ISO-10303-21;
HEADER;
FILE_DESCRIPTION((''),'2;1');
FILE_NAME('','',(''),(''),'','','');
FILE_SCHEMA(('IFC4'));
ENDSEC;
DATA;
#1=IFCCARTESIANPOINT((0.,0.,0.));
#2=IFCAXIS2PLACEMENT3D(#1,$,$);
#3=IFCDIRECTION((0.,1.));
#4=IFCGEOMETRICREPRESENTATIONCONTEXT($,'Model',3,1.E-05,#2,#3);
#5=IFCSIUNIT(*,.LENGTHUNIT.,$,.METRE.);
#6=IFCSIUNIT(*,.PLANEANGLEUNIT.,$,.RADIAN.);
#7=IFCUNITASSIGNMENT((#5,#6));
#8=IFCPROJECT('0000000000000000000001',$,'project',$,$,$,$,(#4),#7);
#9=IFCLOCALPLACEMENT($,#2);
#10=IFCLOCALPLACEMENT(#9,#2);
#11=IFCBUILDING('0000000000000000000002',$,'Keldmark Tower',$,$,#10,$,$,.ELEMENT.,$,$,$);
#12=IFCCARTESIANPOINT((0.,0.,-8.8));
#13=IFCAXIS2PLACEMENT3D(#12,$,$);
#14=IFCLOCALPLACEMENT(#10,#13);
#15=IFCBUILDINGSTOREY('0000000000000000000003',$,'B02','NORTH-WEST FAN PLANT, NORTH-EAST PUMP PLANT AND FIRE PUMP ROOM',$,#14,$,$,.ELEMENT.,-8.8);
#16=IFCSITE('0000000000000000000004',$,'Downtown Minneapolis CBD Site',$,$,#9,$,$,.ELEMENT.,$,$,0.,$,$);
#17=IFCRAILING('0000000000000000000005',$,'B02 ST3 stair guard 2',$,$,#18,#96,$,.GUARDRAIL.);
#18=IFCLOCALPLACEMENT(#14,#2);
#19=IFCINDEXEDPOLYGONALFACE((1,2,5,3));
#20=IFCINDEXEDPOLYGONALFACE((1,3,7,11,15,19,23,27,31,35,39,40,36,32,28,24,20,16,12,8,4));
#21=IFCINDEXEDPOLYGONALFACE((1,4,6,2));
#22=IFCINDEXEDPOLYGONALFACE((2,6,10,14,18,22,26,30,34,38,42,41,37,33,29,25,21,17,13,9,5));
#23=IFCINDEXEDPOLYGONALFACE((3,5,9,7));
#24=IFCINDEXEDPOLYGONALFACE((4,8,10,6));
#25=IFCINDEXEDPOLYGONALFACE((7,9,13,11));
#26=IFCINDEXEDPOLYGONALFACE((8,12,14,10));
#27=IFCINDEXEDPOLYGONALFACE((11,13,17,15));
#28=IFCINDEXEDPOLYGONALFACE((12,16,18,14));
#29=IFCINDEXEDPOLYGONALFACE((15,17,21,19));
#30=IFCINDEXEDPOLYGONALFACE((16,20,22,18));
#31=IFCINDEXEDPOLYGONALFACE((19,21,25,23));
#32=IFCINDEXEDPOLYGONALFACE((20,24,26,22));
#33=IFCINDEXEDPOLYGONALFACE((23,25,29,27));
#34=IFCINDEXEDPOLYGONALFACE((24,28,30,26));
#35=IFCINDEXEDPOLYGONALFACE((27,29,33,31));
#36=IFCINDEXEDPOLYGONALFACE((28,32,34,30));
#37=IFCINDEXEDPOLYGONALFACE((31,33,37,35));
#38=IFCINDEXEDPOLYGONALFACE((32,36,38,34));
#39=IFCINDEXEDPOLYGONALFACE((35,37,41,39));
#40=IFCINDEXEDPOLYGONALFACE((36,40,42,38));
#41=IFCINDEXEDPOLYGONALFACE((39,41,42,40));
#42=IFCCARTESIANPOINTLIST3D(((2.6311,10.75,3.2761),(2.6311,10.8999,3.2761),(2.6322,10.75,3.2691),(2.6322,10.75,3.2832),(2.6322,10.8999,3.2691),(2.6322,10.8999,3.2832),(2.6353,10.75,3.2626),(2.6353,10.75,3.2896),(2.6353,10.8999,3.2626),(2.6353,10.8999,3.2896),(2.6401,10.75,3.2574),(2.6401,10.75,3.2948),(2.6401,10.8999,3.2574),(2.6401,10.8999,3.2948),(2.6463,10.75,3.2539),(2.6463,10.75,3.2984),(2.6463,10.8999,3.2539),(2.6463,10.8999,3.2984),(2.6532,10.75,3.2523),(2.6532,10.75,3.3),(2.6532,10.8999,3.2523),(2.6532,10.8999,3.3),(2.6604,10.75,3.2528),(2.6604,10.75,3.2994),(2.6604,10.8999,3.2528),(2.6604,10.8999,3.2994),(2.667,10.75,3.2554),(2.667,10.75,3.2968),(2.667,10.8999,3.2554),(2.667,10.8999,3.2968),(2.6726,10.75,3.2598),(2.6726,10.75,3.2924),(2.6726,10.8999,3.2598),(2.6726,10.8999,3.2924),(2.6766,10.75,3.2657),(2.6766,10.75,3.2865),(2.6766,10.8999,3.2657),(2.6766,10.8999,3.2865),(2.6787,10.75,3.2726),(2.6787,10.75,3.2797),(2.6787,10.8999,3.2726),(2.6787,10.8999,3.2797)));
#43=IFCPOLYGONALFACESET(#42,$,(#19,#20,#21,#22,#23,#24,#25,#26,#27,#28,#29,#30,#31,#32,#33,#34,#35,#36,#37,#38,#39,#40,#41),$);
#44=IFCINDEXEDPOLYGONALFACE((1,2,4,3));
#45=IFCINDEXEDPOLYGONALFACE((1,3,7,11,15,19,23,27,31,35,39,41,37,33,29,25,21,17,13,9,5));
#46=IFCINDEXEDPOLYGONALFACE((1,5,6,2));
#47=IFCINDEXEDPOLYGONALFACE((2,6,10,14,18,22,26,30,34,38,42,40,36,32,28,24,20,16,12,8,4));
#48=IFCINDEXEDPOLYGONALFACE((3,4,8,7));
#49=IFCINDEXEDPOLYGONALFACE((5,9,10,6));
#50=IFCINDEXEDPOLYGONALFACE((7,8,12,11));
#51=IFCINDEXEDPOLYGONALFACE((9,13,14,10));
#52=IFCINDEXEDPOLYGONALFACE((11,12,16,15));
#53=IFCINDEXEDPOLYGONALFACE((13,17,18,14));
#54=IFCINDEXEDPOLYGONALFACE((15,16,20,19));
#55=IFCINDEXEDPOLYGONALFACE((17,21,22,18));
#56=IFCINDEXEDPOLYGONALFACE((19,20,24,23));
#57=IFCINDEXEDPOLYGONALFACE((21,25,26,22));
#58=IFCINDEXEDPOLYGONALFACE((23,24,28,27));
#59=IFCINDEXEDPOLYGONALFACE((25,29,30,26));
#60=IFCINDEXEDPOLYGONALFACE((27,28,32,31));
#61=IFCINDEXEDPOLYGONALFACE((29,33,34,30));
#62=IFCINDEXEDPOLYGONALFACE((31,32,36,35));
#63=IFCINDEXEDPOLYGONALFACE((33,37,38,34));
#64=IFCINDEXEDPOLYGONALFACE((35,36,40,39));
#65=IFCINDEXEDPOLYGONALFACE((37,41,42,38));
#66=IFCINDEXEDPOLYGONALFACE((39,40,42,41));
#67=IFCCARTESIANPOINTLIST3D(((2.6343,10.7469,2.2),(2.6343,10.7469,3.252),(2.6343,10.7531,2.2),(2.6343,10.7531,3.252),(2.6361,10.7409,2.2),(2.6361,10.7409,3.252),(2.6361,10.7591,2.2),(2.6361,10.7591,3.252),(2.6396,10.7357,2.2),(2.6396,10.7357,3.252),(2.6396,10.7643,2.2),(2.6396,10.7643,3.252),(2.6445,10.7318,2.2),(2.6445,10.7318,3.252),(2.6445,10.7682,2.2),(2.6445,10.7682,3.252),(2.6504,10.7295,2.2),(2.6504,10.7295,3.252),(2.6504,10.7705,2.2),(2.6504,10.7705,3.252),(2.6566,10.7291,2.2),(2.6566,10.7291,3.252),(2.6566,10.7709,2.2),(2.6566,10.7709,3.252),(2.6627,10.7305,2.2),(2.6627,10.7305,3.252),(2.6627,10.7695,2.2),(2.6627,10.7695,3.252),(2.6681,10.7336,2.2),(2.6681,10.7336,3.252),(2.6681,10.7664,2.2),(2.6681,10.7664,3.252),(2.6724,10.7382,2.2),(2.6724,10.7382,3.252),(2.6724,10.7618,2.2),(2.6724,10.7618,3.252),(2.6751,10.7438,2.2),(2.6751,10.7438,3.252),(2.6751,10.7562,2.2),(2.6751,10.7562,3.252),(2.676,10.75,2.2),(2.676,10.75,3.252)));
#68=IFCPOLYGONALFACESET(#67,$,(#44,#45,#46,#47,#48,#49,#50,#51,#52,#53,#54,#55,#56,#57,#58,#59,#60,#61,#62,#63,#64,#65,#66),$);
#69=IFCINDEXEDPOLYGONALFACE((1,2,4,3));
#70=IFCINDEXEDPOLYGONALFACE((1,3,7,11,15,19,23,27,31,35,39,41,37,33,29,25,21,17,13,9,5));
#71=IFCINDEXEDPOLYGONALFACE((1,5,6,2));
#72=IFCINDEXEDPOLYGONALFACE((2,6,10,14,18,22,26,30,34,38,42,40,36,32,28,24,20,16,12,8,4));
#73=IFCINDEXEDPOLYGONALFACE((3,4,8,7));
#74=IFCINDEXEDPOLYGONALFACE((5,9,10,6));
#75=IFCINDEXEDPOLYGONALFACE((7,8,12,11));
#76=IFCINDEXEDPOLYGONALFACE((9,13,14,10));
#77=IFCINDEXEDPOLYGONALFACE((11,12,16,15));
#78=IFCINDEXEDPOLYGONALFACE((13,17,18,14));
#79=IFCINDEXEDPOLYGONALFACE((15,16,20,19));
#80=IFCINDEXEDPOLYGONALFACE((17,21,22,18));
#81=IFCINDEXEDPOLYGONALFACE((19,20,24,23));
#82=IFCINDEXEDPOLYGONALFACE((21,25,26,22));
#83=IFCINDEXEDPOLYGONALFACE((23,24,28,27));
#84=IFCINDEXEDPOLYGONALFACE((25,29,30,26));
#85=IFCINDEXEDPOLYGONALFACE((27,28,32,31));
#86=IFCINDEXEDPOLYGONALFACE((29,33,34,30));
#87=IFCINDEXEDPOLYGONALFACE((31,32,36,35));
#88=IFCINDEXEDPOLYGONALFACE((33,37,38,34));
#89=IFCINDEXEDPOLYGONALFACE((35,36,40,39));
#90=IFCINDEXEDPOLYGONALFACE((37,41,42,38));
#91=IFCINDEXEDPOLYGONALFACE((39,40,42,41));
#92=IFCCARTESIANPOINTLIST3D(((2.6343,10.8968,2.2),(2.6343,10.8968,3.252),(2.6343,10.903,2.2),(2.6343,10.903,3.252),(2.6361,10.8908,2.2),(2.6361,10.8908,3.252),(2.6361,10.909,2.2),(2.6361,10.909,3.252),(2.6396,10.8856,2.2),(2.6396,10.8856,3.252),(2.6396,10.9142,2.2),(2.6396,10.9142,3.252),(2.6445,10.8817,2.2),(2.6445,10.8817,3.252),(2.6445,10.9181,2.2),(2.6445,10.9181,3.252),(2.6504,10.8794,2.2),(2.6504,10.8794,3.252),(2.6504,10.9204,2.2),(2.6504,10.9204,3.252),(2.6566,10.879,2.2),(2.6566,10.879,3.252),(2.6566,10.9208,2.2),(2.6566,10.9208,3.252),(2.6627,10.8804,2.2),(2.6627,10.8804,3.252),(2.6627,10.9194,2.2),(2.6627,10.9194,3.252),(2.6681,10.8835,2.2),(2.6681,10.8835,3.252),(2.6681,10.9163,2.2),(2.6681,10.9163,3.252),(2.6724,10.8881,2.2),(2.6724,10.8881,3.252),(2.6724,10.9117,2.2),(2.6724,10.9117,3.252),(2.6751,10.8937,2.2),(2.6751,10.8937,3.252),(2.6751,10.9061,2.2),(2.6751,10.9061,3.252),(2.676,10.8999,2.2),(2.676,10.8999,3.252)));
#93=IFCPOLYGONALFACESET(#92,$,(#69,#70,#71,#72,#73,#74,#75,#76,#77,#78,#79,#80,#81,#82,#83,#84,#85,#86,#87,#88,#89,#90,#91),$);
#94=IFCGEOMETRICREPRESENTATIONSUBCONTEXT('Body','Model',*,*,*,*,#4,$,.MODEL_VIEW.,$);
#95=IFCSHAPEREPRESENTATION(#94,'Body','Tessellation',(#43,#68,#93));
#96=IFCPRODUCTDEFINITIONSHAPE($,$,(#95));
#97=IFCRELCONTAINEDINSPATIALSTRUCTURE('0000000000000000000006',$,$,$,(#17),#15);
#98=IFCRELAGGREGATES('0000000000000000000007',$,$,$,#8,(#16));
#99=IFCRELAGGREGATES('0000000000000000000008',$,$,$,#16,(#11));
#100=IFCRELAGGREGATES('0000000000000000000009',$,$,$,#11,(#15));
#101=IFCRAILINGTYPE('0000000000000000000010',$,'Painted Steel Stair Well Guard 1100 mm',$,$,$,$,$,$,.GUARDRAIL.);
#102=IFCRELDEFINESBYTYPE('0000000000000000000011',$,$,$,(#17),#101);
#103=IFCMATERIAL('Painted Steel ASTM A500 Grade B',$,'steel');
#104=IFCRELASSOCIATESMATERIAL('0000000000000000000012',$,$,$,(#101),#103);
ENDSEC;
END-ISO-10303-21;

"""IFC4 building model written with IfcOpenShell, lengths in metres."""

from ifc_helpers import new_model, si_unit, direction, frame, origin, origin_2d, place, context, subcontext, project, spatial, circle, extrude, material, type_object, element, save


model = new_model("IFC4")

# Units and contexts
model_context = context("Model", 3, precision=1e-05, world=origin(), true_north=direction((0.0, 1.0)))
body_context = subcontext(model_context, "Body", "Model", "MODEL_VIEW")
ifc_project = project(units=[si_unit("LENGTHUNIT", "METRE"), si_unit("PLANEANGLEUNIT", "RADIAN")], contexts=[model_context])

# Site, building, storey
site_placement = place(None, origin())
site = spatial("IfcSite", under=ifc_project, at=site_placement, Name="Downtown Minneapolis CBD Site", CompositionType="ELEMENT", RefElevation=0.0)
building_placement = place(site_placement, origin())
building = spatial("IfcBuilding", under=site, at=building_placement, Name="Keldmark Tower", CompositionType="ELEMENT")
storey_placement = place(building_placement, frame((0.0, 0.0, -8.8)))
storey = spatial("IfcBuildingStorey", under=building, at=storey_placement, Name="B02", Description="NORTH-WEST FAN PLANT, NORTH-EAST PUMP PLANT AND FIRE PUMP ROOM", CompositionType="ELEMENT", Elevation=-8.8)

# Railing
ifc_material_1 = material(Name="Painted Steel ASTM A500 Grade B", Category="steel")
railing_type_1 = type_object("IfcRailingType", Name="Painted Steel Stair Well Guard 1100 mm", PredefinedType="GUARDRAIL", material=ifc_material_1)
railing_1_placement = place(storey_placement, frame((2.655, 10.75, 2.2)))
element("IfcRailing", 1, at=railing_1_placement, inside=storey, type_object=railing_type_1, Name="B02 ST3 stair guard 2", PredefinedType="GUARDRAIL", context=body_context, shape_type="SweptSolid", body=[
    extrude(circle(Radius=0.0239, at=origin_2d()), frame((0.0, 0.0, 1.0762), z_axis=(0.0, 1.0, 0.0), x_axis=(-1.0, 0.0, 0.0)), (0.0, 0.0, 1.0), 0.1499),
    extrude(circle(Radius=0.021, at=origin_2d()), origin(), (0.0, 0.0, 1.0), 1.052),
    extrude(circle(Radius=0.021, at=origin_2d()), frame((0.0, 0.1499, 0.0)), (0.0, 0.0, 1.0), 1.052),
])

save(model, "model.ifc")
